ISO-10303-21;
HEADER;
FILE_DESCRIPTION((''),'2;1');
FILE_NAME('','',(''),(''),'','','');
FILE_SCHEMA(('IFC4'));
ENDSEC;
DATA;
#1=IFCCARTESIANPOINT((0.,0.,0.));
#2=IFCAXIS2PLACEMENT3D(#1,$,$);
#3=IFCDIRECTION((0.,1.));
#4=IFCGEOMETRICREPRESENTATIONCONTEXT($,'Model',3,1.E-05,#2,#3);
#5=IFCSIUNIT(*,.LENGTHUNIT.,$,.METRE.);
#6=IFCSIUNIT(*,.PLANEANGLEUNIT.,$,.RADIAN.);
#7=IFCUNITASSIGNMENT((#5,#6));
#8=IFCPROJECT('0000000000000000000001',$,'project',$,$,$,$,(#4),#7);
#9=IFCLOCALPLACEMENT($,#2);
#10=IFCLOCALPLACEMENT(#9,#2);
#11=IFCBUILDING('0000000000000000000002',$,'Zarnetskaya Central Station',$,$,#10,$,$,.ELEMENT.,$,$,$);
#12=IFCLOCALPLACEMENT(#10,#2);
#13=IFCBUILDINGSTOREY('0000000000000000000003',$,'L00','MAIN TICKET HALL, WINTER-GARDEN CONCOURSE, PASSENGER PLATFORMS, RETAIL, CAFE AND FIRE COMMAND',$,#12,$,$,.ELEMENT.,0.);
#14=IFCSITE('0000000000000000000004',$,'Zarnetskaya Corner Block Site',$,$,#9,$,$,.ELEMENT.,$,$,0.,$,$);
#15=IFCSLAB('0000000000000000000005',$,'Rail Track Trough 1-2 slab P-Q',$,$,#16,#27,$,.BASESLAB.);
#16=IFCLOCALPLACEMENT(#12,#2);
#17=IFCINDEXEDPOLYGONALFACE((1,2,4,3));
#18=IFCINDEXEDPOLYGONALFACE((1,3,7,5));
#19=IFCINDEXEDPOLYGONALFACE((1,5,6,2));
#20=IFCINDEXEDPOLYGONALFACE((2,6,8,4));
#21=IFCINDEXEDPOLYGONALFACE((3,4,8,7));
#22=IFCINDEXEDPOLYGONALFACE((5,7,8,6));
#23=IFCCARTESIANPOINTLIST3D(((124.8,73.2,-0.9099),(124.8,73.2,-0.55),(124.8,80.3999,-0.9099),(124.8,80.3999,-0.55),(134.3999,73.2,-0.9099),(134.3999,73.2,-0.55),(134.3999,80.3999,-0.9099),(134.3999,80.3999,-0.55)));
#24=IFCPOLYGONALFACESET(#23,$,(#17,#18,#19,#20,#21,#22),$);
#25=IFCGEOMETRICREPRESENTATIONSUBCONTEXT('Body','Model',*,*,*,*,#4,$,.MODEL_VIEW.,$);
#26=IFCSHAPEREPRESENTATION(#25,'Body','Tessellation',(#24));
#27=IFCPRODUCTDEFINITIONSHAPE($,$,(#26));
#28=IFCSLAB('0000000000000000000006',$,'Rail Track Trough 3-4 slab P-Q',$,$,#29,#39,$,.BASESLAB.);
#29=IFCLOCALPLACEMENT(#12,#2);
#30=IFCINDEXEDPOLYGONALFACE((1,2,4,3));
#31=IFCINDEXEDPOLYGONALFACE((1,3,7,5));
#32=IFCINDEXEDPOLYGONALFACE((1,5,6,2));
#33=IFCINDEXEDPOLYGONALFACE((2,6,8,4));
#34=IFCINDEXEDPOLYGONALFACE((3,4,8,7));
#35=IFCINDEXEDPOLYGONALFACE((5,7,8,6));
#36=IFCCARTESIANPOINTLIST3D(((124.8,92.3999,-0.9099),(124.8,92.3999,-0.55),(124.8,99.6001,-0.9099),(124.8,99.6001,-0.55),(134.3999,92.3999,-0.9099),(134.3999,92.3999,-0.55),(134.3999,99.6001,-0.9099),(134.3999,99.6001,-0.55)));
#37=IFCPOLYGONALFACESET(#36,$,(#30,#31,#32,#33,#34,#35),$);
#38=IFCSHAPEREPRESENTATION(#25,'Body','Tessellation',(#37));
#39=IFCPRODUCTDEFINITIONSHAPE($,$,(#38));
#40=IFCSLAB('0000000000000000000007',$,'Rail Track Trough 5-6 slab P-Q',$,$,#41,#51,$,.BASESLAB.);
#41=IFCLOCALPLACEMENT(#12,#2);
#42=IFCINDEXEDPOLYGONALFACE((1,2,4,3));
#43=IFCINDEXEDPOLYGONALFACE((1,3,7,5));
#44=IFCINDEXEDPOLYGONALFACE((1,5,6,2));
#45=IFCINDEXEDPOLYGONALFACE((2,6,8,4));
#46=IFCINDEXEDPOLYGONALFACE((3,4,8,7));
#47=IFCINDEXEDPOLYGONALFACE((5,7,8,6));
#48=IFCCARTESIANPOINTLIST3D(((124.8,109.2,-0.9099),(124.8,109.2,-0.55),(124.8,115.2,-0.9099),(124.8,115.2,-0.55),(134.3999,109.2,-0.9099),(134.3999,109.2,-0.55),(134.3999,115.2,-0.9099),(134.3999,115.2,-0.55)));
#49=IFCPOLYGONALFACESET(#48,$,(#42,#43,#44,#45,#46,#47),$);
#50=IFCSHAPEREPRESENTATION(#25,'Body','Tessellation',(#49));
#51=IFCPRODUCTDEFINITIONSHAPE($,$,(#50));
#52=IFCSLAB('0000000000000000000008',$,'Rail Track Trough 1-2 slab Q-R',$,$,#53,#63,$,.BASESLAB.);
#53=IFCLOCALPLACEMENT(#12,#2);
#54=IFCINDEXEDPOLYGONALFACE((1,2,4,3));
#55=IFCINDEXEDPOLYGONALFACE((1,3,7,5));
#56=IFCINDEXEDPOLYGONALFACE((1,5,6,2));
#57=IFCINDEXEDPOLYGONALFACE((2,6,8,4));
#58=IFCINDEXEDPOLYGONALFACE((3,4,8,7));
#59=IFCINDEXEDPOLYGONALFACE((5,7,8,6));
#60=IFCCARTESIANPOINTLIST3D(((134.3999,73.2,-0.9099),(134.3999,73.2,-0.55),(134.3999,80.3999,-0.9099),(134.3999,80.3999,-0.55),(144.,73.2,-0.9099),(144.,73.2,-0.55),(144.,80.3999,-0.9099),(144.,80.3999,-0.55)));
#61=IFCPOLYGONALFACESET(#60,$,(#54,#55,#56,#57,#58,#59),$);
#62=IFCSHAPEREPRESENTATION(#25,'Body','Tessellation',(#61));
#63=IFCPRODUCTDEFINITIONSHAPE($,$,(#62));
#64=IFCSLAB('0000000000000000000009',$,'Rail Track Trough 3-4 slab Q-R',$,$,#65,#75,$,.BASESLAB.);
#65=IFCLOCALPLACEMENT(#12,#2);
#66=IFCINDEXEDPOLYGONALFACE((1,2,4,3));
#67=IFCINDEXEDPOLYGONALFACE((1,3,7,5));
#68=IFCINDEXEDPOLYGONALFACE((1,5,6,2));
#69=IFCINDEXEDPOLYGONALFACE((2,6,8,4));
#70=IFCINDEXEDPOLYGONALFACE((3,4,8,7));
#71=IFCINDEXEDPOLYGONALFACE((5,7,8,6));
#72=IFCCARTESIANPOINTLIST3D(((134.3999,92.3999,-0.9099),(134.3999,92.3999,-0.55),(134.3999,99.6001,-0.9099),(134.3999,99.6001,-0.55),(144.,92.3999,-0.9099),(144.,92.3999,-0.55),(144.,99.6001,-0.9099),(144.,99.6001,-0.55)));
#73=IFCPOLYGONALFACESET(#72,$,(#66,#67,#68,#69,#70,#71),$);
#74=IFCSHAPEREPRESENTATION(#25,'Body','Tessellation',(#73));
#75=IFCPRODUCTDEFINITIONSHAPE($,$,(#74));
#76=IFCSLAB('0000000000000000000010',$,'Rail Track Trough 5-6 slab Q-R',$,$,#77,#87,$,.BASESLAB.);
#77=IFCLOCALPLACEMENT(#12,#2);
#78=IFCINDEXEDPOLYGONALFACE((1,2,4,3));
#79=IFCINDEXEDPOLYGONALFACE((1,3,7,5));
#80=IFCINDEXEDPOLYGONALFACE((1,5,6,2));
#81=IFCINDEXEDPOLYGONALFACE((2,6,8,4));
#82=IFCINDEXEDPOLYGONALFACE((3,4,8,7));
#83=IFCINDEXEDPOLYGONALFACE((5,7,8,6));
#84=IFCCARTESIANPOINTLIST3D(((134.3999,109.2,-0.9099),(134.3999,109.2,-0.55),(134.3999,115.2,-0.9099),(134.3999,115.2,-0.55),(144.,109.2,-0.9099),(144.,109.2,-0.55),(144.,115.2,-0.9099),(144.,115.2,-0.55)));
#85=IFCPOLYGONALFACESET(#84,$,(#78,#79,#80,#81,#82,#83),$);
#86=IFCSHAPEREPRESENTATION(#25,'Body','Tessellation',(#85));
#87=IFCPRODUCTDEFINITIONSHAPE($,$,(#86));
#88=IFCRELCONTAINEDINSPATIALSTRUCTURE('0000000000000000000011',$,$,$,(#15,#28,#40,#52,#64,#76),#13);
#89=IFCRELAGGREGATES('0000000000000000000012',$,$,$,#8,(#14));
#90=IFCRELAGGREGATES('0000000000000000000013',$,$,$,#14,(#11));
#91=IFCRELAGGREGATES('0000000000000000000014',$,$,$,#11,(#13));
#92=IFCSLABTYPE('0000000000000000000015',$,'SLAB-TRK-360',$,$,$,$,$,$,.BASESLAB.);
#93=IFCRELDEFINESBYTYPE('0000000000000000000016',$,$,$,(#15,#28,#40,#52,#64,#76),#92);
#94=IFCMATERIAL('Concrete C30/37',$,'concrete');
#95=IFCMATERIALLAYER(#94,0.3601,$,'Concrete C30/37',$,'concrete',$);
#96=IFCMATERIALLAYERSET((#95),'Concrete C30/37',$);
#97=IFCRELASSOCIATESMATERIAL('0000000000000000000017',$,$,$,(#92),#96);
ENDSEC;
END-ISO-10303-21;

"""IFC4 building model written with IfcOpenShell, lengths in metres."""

from ifc_helpers import new_model, si_unit, direction, frame, origin, place, context, subcontext, project, spatial, polyline, outline, extrude, material, layer, layer_set, type_object, element, save


model = new_model("IFC4")

# Units and contexts
model_context = context("Model", 3, precision=1e-05, world=origin(), true_north=direction((0.0, 1.0)))
body_context = subcontext(model_context, "Body", "Model", "MODEL_VIEW")
ifc_project = project(units=[si_unit("LENGTHUNIT", "METRE"), si_unit("PLANEANGLEUNIT", "RADIAN")], contexts=[model_context])

# Site, building, storey
site_placement = place(None, origin())
site = spatial("IfcSite", under=ifc_project, at=site_placement, Name="Zarnetskaya Corner Block Site", CompositionType="ELEMENT", RefElevation=0.0)
building_placement = place(site_placement, origin())
building = spatial("IfcBuilding", under=site, at=building_placement, Name="Zarnetskaya Central Station", CompositionType="ELEMENT")
storey_placement = place(building_placement, origin())
storey = spatial("IfcBuildingStorey", under=building, at=storey_placement, Name="L00", Description="MAIN TICKET HALL, WINTER-GARDEN CONCOURSE, PASSENGER PLATFORMS, RETAIL, CAFE AND FIRE COMMAND", CompositionType="ELEMENT", Elevation=0.0)

# Slabs
ifc_material = material(Name="Concrete C30/37", Category="concrete")
ifc_layer = layer(ifc_material, 0.3601, Name="Concrete C30/37", Category="concrete")
ifc_layer_set = layer_set([ifc_layer], Name="Concrete C30/37")
slab_type = type_object("IfcSlabType", Name="SLAB-TRK-360", PredefinedType="BASESLAB", material=ifc_layer_set)
slab_1_placement = place(storey_placement, frame((0.0, 0.0, -0.9099)))
element("IfcSlab", 1, at=slab_1_placement, inside=storey, type_object=slab_type, Name="Rail Track Trough 1-2 slab P-Q", PredefinedType="BASESLAB", context=body_context, shape_type="SweptSolid", body=[
    extrude(outline(polyline([(124.8, 73.2), (134.3999, 73.2), (134.3999, 80.3999), (124.8, 80.3999), (124.8, 73.2)])), origin(), (0.0, 0.0, 1.0), 0.3599),
])
slab_2_placement = place(storey_placement, frame((0.0, 0.0, -0.9099)))
element("IfcSlab", 2, at=slab_2_placement, inside=storey, type_object=slab_type, Name="Rail Track Trough 3-4 slab P-Q", PredefinedType="BASESLAB", context=body_context, shape_type="SweptSolid", body=[
    extrude(outline(polyline([(124.8, 92.3999), (134.3999, 92.3999), (134.3999, 99.6001), (124.8, 99.6001), (124.8, 92.3999)])), origin(), (0.0, 0.0, 1.0), 0.3599),
])
slab_3_placement = place(storey_placement, frame((0.0, 0.0, -0.9099)))
element("IfcSlab", 3, at=slab_3_placement, inside=storey, type_object=slab_type, Name="Rail Track Trough 5-6 slab P-Q", PredefinedType="BASESLAB", context=body_context, shape_type="SweptSolid", body=[
    extrude(outline(polyline([(124.8, 109.2), (134.3999, 109.2), (134.3999, 115.2), (124.8, 115.2), (124.8, 109.2)])), origin(), (0.0, 0.0, 1.0), 0.3599),
])
slab_4_placement = place(storey_placement, frame((0.0, 0.0, -0.9099)))
element("IfcSlab", 4, at=slab_4_placement, inside=storey, type_object=slab_type, Name="Rail Track Trough 1-2 slab Q-R", PredefinedType="BASESLAB", context=body_context, shape_type="SweptSolid", body=[
    extrude(outline(polyline([(134.3999, 73.2), (144.0, 73.2), (144.0, 80.3999), (134.3999, 80.3999), (134.3999, 73.2)])), origin(), (0.0, 0.0, 1.0), 0.3599),
])
slab_5_placement = place(storey_placement, frame((0.0, 0.0, -0.9099)))
element("IfcSlab", 5, at=slab_5_placement, inside=storey, type_object=slab_type, Name="Rail Track Trough 3-4 slab Q-R", PredefinedType="BASESLAB", context=body_context, shape_type="SweptSolid", body=[
    extrude(outline(polyline([(134.3999, 92.3999), (144.0, 92.3999), (144.0, 99.6001), (134.3999, 99.6001), (134.3999, 92.3999)])), origin(), (0.0, 0.0, 1.0), 0.3599),
])
slab_6_placement = place(storey_placement, frame((0.0, 0.0, -0.9099)))
element("IfcSlab", 6, at=slab_6_placement, inside=storey, type_object=slab_type, Name="Rail Track Trough 5-6 slab Q-R", PredefinedType="BASESLAB", context=body_context, shape_type="SweptSolid", body=[
    extrude(outline(polyline([(134.3999, 109.2), (144.0, 109.2), (144.0, 115.2), (134.3999, 115.2), (134.3999, 109.2)])), origin(), (0.0, 0.0, 1.0), 0.3599),
])

save(model, "model.ifc")
